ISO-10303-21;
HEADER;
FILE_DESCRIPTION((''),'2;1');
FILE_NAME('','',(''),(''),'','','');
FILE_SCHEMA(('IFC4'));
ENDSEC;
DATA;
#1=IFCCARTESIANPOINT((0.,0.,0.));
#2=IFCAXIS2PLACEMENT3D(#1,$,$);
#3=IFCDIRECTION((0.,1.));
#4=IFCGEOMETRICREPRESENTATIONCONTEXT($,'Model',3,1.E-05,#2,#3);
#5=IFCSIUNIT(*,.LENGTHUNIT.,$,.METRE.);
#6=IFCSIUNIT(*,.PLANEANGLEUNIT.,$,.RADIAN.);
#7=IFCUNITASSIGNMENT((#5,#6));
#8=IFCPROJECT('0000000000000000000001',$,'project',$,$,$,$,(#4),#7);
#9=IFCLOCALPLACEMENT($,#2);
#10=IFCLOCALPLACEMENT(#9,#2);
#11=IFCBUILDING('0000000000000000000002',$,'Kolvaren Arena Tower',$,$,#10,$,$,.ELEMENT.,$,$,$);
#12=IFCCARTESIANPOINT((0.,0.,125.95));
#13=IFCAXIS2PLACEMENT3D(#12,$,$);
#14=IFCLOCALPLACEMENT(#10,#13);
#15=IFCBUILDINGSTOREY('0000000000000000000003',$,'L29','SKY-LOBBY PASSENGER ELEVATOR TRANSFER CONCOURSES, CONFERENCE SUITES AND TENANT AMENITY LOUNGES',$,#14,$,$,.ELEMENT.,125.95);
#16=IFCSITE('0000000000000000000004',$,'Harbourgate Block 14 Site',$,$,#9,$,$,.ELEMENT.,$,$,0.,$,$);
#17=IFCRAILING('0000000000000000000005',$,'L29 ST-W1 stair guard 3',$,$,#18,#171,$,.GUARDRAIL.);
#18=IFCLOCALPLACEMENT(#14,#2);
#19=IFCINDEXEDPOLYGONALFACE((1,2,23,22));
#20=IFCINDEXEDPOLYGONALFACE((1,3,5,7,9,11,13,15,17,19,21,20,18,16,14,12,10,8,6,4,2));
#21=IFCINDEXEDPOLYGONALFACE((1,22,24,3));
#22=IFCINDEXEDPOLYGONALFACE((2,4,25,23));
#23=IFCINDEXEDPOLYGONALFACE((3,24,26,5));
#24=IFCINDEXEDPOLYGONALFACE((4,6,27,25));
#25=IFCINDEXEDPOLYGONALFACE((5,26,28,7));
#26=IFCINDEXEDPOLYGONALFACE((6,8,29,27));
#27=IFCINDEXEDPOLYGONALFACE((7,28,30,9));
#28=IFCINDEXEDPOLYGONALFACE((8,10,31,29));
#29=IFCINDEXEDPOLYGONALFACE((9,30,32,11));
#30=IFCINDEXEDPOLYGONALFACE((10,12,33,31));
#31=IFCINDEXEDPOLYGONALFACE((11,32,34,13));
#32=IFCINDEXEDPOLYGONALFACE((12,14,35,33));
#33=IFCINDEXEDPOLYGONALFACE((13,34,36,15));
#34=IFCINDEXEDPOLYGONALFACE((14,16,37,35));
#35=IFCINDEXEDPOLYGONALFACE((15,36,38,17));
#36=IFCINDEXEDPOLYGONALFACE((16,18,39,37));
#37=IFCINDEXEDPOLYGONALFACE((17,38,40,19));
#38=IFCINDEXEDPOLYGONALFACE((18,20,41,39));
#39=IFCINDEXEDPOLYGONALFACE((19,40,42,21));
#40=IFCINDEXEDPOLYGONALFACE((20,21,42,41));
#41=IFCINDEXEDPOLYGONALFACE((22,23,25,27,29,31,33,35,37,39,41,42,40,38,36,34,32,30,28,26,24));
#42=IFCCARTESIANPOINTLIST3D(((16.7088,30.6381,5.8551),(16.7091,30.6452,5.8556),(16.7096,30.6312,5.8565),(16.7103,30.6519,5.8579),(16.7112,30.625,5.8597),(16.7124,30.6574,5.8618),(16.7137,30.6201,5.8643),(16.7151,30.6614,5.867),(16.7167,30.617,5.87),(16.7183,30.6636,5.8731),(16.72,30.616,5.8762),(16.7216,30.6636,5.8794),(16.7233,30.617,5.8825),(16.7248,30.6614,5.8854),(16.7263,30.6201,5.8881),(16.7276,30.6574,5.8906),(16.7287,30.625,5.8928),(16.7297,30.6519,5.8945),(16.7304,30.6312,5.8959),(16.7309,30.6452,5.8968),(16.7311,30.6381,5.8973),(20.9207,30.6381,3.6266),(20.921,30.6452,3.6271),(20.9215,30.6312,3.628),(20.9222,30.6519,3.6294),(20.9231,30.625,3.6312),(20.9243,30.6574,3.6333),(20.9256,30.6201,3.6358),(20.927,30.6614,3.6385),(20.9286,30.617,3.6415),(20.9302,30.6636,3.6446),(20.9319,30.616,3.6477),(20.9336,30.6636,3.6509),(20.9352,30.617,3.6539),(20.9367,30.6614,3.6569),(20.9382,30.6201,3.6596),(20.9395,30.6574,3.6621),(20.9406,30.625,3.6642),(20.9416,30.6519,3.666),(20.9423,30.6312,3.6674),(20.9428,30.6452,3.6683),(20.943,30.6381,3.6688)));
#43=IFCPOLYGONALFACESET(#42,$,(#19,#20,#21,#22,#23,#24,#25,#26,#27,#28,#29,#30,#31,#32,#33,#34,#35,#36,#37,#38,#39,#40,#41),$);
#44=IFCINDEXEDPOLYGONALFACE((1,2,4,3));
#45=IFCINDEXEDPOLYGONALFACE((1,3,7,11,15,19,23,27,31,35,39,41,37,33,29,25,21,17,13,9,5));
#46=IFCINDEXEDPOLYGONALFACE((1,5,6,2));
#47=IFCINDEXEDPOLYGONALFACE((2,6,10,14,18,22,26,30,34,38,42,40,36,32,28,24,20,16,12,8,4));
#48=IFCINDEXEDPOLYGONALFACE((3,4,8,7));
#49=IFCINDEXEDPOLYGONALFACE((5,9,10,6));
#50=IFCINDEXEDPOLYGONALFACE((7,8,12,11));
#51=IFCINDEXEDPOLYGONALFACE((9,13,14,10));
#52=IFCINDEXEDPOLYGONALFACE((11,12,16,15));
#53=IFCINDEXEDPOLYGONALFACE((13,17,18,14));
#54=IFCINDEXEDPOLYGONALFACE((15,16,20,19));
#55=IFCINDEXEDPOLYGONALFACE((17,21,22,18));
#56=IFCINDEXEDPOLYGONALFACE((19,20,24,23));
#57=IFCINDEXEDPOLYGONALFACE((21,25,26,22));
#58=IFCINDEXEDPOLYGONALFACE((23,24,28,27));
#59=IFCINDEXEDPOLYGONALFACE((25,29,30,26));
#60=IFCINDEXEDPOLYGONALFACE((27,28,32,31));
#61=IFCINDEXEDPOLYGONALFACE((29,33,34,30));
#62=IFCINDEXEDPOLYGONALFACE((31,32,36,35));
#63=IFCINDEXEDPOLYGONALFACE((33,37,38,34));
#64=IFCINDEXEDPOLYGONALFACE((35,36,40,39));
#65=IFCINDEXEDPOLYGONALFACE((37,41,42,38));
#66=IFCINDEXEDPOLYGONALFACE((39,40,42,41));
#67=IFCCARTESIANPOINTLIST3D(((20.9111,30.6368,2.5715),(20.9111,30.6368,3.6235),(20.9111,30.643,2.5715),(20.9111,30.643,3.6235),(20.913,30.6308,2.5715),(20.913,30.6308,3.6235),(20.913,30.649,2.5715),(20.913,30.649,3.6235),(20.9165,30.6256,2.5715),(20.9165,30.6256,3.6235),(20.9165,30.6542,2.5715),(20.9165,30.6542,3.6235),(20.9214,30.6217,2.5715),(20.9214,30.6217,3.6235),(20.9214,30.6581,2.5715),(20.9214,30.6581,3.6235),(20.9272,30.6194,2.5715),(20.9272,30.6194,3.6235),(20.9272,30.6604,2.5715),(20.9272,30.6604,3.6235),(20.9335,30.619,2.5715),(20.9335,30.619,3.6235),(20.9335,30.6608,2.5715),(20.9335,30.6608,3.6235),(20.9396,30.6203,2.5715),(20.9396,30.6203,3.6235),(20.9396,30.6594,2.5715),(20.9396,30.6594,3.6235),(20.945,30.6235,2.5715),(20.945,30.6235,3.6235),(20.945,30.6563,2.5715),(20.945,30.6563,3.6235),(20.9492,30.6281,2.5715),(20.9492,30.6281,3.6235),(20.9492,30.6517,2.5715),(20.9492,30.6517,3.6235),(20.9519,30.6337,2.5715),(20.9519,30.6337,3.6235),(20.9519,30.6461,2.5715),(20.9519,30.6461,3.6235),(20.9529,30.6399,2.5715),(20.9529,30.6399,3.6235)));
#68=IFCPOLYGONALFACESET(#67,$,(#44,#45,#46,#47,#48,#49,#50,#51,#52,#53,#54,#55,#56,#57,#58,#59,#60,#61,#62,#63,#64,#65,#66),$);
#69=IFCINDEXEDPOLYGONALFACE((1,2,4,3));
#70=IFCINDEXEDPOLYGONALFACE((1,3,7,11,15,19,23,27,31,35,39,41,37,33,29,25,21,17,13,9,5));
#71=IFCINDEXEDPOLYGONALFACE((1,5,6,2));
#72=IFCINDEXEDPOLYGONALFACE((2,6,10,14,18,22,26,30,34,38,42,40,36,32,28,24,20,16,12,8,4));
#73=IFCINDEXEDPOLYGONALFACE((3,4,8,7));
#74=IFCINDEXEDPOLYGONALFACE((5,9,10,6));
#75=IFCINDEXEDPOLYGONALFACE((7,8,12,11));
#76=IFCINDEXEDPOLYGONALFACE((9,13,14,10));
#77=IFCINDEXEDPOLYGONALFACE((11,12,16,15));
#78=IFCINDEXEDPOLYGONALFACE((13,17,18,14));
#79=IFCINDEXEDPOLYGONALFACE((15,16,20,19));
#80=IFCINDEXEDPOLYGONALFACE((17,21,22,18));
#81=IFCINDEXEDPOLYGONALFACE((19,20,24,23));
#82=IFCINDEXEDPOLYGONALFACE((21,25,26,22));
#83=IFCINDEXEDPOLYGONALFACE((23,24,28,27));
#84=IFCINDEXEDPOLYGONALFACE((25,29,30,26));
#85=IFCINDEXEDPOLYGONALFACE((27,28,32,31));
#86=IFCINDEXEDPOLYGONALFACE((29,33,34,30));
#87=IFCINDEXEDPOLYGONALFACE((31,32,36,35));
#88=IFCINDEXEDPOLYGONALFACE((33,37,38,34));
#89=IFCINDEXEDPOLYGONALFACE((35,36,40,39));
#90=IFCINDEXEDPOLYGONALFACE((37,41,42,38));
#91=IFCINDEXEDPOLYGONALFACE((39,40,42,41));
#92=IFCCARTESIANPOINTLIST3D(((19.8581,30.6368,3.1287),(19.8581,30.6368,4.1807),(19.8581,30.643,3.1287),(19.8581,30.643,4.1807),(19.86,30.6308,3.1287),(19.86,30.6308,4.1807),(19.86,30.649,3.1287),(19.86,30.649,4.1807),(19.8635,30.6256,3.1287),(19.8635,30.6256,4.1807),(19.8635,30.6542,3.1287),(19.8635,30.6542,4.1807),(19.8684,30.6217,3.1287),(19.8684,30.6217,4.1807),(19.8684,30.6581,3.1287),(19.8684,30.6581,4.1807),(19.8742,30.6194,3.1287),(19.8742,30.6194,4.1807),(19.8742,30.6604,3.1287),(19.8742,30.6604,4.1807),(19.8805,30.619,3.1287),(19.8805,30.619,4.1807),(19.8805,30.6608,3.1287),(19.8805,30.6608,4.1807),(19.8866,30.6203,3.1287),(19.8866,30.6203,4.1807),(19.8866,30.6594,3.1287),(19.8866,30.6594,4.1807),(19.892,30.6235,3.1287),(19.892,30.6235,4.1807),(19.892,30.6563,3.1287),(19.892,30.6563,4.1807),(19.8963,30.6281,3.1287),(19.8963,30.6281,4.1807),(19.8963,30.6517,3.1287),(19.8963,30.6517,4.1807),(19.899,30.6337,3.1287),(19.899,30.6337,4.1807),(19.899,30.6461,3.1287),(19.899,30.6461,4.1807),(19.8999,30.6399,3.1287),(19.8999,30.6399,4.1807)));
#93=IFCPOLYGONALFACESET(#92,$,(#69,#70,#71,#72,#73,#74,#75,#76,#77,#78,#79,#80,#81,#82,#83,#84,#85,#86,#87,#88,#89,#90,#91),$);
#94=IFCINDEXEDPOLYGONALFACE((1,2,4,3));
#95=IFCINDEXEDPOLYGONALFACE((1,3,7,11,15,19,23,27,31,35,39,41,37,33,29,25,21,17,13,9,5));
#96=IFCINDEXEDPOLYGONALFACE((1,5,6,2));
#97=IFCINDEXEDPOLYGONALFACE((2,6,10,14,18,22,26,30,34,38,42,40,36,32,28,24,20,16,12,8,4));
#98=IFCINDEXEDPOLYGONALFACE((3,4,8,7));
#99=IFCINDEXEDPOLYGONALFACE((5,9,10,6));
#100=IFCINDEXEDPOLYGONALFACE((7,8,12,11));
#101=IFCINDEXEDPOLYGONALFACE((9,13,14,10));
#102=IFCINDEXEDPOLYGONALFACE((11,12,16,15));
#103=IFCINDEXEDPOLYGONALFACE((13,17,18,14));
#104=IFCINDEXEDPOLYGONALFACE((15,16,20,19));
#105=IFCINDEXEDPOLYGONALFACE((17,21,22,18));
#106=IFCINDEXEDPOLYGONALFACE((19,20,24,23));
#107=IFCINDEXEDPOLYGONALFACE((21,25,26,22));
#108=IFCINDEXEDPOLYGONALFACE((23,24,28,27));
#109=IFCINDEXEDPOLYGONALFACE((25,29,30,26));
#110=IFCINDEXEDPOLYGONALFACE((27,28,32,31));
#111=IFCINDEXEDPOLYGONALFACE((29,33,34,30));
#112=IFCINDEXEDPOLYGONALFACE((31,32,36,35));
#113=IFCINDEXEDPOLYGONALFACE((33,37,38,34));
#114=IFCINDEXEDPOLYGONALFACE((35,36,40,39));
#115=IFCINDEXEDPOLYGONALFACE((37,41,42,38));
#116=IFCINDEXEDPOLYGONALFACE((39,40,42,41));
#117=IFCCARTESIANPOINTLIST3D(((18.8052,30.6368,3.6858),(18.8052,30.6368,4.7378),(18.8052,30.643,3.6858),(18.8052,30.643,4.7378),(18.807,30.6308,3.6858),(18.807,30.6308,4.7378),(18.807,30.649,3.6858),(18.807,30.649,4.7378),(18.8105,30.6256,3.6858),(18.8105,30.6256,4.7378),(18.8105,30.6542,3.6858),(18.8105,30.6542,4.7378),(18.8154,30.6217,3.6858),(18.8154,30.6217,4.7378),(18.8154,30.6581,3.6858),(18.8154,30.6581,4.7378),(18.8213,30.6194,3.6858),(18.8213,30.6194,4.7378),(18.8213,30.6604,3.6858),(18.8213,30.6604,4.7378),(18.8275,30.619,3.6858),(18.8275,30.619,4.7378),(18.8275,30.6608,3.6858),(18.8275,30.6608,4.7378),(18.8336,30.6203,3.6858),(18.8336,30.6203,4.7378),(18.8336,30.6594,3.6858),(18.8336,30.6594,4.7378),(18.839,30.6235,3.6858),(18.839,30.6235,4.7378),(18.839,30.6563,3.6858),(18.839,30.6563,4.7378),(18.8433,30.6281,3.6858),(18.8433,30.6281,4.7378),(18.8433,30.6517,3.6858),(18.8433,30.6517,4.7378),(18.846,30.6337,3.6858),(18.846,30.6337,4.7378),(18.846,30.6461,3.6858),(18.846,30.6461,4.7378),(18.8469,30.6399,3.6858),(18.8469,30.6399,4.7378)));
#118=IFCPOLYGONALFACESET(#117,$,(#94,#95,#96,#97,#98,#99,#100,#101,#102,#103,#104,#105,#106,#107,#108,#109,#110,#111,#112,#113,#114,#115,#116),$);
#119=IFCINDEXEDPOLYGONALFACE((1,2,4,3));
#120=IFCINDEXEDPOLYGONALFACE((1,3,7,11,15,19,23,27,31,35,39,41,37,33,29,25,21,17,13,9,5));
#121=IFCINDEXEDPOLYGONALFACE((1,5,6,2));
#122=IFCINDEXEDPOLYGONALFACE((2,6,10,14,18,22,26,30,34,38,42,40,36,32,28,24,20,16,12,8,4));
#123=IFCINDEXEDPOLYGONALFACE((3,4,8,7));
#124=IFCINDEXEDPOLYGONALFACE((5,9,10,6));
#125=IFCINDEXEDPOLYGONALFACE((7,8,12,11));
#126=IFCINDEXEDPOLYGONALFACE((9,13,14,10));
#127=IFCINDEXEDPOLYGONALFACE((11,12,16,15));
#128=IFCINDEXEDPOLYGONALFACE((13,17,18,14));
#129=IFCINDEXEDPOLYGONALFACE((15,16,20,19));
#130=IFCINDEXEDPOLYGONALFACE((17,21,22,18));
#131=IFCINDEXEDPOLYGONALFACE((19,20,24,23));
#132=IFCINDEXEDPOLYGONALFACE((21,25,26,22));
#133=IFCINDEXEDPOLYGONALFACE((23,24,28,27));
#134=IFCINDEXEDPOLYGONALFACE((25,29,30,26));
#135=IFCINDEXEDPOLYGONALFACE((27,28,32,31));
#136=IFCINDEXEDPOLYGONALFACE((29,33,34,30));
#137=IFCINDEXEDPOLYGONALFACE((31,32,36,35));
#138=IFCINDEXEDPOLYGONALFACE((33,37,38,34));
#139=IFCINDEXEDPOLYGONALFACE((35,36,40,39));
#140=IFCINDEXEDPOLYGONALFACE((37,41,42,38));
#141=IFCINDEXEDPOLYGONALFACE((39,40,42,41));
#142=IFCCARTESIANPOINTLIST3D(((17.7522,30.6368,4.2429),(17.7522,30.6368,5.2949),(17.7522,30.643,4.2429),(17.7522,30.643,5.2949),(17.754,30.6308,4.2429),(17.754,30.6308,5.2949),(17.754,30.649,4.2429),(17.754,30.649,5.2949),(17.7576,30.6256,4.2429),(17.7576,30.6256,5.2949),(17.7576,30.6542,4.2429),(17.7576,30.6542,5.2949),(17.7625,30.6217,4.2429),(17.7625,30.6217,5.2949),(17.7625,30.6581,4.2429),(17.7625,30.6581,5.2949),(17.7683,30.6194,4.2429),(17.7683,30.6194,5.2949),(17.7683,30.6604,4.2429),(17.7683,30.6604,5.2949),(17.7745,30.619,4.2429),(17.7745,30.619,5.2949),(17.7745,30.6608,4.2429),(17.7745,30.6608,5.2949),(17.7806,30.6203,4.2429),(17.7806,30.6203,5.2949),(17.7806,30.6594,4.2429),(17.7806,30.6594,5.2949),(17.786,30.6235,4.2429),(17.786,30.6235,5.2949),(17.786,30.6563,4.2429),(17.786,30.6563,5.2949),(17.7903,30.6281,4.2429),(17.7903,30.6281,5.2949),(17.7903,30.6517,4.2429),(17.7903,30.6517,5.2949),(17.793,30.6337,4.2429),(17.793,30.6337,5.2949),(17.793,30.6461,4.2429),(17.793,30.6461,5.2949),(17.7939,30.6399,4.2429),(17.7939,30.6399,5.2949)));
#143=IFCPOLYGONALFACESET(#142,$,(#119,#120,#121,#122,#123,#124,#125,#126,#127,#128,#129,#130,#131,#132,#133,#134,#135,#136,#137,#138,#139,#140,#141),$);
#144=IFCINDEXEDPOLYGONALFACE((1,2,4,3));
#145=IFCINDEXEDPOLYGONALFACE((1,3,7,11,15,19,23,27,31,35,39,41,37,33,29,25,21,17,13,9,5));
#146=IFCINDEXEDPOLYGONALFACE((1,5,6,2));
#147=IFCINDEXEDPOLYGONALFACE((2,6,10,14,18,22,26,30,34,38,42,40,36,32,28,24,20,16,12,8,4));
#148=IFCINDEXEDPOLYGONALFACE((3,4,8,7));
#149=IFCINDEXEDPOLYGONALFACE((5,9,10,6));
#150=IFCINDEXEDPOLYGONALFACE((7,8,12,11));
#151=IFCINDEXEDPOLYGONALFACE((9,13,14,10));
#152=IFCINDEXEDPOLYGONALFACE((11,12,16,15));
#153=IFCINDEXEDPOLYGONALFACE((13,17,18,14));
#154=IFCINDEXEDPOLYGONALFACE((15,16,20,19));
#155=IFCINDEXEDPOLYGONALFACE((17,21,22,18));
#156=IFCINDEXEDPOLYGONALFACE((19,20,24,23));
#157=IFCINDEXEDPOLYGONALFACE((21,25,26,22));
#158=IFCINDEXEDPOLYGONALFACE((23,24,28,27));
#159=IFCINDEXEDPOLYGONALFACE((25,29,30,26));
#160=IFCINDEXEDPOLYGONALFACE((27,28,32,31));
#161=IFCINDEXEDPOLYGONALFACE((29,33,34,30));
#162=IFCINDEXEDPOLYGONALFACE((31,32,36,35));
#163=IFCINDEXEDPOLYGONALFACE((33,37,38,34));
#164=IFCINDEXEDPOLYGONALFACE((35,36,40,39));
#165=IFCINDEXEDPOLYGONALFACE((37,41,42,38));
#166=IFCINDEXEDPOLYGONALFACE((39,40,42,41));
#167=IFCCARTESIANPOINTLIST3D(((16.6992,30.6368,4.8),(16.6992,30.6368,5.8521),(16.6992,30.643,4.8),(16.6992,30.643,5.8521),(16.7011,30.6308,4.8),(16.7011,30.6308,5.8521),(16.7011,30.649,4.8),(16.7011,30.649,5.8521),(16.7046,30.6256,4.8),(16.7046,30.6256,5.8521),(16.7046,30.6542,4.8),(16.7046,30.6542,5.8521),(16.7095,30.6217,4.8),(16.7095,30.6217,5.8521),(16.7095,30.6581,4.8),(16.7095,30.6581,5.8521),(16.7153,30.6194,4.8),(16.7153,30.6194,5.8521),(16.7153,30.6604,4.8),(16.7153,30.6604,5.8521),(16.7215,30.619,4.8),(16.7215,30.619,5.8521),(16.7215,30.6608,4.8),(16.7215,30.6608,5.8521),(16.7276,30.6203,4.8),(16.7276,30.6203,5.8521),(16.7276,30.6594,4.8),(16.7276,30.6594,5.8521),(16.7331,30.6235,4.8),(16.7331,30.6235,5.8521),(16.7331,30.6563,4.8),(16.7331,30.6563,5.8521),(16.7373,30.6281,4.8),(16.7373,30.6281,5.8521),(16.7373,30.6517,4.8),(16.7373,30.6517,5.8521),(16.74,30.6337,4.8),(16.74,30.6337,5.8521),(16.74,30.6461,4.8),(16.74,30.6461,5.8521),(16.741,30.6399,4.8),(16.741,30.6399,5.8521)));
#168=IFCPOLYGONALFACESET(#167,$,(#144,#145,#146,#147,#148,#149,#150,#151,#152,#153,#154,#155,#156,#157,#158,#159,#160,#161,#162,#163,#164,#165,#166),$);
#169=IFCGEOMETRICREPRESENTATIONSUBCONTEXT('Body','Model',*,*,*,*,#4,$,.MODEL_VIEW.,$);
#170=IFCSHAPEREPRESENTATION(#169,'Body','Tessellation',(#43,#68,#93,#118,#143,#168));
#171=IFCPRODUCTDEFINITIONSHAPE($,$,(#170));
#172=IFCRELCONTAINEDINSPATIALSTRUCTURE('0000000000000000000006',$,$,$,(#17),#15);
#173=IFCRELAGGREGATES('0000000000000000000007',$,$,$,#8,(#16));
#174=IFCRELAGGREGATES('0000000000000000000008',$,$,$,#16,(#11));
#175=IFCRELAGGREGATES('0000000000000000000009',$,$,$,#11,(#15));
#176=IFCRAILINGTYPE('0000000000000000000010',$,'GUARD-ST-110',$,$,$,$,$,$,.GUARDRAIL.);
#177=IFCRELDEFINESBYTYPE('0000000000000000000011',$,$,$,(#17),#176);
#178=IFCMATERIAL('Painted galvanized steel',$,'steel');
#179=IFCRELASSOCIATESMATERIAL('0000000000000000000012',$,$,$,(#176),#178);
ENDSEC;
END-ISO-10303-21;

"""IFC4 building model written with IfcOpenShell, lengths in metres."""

from ifc_helpers import new_model, si_unit, direction, frame, origin, origin_2d, place, context, subcontext, project, spatial, circle, extrude, material, type_object, element, save


model = new_model("IFC4")

# Units and contexts
model_context = context("Model", 3, precision=1e-05, world=origin(), true_north=direction((0.0, 1.0)))
body_context = subcontext(model_context, "Body", "Model", "MODEL_VIEW")
ifc_project = project(units=[si_unit("LENGTHUNIT", "METRE"), si_unit("PLANEANGLEUNIT", "RADIAN")], contexts=[model_context])

# Site, building, storey
site_placement = place(None, origin())
site = spatial("IfcSite", under=ifc_project, at=site_placement, Name="Harbourgate Block 14 Site", CompositionType="ELEMENT", RefElevation=0.0)
building_placement = place(site_placement, origin())
building = spatial("IfcBuilding", under=site, at=building_placement, Name="Kolvaren Arena Tower", CompositionType="ELEMENT")
storey_placement = place(building_placement, frame((0.0, 0.0, 125.95)))
storey = spatial("IfcBuildingStorey", under=building, at=storey_placement, Name="L29", Description="SKY-LOBBY PASSENGER ELEVATOR TRANSFER CONCOURSES, CONFERENCE SUITES AND TENANT AMENITY LOUNGES", CompositionType="ELEMENT", Elevation=125.95)

# Railing
ifc_material_1 = material(Name="Painted galvanized steel", Category="steel")
railing_type_1 = type_object("IfcRailingType", Name="GUARD-ST-110", PredefinedType="GUARDRAIL", material=ifc_material_1)
railing_1_placement = place(storey_placement, frame((20.9319, 30.6399, 2.5715)))
element("IfcRailing", 1, at=railing_1_placement, inside=storey, type_object=railing_type_1, Name="L29 ST-W1 stair guard 3", PredefinedType="GUARDRAIL", context=body_context, shape_type="SweptSolid", body=[
    extrude(circle(Radius=0.0239, at=origin_2d()), frame((0.0, 0.0, 1.0762), z_axis=(-0.883903, 0.0, 0.467671), x_axis=(0.0, -1.0, 0.0)), (0.0, 0.0, 1.0), 4.7651),
    extrude(circle(Radius=0.021, at=origin_2d()), origin(), (0.0, 0.0, 1.0), 1.052),
    extrude(circle(Radius=0.021, at=origin_2d()), frame((-1.053, 0.0, 0.5571)), (0.0, 0.0, 1.0), 1.052),
    extrude(circle(Radius=0.021, at=origin_2d()), frame((-2.106, 0.0, 1.1143)), (0.0, 0.0, 1.0), 1.052),
    extrude(circle(Radius=0.021, at=origin_2d()), frame((-3.1589, 0.0, 1.6714)), (0.0, 0.0, 1.0), 1.052),
    extrude(circle(Radius=0.021, at=origin_2d()), frame((-4.2119, 0.0, 2.2285)), (0.0, 0.0, 1.0), 1.052),
])

save(model, "model.ifc")
